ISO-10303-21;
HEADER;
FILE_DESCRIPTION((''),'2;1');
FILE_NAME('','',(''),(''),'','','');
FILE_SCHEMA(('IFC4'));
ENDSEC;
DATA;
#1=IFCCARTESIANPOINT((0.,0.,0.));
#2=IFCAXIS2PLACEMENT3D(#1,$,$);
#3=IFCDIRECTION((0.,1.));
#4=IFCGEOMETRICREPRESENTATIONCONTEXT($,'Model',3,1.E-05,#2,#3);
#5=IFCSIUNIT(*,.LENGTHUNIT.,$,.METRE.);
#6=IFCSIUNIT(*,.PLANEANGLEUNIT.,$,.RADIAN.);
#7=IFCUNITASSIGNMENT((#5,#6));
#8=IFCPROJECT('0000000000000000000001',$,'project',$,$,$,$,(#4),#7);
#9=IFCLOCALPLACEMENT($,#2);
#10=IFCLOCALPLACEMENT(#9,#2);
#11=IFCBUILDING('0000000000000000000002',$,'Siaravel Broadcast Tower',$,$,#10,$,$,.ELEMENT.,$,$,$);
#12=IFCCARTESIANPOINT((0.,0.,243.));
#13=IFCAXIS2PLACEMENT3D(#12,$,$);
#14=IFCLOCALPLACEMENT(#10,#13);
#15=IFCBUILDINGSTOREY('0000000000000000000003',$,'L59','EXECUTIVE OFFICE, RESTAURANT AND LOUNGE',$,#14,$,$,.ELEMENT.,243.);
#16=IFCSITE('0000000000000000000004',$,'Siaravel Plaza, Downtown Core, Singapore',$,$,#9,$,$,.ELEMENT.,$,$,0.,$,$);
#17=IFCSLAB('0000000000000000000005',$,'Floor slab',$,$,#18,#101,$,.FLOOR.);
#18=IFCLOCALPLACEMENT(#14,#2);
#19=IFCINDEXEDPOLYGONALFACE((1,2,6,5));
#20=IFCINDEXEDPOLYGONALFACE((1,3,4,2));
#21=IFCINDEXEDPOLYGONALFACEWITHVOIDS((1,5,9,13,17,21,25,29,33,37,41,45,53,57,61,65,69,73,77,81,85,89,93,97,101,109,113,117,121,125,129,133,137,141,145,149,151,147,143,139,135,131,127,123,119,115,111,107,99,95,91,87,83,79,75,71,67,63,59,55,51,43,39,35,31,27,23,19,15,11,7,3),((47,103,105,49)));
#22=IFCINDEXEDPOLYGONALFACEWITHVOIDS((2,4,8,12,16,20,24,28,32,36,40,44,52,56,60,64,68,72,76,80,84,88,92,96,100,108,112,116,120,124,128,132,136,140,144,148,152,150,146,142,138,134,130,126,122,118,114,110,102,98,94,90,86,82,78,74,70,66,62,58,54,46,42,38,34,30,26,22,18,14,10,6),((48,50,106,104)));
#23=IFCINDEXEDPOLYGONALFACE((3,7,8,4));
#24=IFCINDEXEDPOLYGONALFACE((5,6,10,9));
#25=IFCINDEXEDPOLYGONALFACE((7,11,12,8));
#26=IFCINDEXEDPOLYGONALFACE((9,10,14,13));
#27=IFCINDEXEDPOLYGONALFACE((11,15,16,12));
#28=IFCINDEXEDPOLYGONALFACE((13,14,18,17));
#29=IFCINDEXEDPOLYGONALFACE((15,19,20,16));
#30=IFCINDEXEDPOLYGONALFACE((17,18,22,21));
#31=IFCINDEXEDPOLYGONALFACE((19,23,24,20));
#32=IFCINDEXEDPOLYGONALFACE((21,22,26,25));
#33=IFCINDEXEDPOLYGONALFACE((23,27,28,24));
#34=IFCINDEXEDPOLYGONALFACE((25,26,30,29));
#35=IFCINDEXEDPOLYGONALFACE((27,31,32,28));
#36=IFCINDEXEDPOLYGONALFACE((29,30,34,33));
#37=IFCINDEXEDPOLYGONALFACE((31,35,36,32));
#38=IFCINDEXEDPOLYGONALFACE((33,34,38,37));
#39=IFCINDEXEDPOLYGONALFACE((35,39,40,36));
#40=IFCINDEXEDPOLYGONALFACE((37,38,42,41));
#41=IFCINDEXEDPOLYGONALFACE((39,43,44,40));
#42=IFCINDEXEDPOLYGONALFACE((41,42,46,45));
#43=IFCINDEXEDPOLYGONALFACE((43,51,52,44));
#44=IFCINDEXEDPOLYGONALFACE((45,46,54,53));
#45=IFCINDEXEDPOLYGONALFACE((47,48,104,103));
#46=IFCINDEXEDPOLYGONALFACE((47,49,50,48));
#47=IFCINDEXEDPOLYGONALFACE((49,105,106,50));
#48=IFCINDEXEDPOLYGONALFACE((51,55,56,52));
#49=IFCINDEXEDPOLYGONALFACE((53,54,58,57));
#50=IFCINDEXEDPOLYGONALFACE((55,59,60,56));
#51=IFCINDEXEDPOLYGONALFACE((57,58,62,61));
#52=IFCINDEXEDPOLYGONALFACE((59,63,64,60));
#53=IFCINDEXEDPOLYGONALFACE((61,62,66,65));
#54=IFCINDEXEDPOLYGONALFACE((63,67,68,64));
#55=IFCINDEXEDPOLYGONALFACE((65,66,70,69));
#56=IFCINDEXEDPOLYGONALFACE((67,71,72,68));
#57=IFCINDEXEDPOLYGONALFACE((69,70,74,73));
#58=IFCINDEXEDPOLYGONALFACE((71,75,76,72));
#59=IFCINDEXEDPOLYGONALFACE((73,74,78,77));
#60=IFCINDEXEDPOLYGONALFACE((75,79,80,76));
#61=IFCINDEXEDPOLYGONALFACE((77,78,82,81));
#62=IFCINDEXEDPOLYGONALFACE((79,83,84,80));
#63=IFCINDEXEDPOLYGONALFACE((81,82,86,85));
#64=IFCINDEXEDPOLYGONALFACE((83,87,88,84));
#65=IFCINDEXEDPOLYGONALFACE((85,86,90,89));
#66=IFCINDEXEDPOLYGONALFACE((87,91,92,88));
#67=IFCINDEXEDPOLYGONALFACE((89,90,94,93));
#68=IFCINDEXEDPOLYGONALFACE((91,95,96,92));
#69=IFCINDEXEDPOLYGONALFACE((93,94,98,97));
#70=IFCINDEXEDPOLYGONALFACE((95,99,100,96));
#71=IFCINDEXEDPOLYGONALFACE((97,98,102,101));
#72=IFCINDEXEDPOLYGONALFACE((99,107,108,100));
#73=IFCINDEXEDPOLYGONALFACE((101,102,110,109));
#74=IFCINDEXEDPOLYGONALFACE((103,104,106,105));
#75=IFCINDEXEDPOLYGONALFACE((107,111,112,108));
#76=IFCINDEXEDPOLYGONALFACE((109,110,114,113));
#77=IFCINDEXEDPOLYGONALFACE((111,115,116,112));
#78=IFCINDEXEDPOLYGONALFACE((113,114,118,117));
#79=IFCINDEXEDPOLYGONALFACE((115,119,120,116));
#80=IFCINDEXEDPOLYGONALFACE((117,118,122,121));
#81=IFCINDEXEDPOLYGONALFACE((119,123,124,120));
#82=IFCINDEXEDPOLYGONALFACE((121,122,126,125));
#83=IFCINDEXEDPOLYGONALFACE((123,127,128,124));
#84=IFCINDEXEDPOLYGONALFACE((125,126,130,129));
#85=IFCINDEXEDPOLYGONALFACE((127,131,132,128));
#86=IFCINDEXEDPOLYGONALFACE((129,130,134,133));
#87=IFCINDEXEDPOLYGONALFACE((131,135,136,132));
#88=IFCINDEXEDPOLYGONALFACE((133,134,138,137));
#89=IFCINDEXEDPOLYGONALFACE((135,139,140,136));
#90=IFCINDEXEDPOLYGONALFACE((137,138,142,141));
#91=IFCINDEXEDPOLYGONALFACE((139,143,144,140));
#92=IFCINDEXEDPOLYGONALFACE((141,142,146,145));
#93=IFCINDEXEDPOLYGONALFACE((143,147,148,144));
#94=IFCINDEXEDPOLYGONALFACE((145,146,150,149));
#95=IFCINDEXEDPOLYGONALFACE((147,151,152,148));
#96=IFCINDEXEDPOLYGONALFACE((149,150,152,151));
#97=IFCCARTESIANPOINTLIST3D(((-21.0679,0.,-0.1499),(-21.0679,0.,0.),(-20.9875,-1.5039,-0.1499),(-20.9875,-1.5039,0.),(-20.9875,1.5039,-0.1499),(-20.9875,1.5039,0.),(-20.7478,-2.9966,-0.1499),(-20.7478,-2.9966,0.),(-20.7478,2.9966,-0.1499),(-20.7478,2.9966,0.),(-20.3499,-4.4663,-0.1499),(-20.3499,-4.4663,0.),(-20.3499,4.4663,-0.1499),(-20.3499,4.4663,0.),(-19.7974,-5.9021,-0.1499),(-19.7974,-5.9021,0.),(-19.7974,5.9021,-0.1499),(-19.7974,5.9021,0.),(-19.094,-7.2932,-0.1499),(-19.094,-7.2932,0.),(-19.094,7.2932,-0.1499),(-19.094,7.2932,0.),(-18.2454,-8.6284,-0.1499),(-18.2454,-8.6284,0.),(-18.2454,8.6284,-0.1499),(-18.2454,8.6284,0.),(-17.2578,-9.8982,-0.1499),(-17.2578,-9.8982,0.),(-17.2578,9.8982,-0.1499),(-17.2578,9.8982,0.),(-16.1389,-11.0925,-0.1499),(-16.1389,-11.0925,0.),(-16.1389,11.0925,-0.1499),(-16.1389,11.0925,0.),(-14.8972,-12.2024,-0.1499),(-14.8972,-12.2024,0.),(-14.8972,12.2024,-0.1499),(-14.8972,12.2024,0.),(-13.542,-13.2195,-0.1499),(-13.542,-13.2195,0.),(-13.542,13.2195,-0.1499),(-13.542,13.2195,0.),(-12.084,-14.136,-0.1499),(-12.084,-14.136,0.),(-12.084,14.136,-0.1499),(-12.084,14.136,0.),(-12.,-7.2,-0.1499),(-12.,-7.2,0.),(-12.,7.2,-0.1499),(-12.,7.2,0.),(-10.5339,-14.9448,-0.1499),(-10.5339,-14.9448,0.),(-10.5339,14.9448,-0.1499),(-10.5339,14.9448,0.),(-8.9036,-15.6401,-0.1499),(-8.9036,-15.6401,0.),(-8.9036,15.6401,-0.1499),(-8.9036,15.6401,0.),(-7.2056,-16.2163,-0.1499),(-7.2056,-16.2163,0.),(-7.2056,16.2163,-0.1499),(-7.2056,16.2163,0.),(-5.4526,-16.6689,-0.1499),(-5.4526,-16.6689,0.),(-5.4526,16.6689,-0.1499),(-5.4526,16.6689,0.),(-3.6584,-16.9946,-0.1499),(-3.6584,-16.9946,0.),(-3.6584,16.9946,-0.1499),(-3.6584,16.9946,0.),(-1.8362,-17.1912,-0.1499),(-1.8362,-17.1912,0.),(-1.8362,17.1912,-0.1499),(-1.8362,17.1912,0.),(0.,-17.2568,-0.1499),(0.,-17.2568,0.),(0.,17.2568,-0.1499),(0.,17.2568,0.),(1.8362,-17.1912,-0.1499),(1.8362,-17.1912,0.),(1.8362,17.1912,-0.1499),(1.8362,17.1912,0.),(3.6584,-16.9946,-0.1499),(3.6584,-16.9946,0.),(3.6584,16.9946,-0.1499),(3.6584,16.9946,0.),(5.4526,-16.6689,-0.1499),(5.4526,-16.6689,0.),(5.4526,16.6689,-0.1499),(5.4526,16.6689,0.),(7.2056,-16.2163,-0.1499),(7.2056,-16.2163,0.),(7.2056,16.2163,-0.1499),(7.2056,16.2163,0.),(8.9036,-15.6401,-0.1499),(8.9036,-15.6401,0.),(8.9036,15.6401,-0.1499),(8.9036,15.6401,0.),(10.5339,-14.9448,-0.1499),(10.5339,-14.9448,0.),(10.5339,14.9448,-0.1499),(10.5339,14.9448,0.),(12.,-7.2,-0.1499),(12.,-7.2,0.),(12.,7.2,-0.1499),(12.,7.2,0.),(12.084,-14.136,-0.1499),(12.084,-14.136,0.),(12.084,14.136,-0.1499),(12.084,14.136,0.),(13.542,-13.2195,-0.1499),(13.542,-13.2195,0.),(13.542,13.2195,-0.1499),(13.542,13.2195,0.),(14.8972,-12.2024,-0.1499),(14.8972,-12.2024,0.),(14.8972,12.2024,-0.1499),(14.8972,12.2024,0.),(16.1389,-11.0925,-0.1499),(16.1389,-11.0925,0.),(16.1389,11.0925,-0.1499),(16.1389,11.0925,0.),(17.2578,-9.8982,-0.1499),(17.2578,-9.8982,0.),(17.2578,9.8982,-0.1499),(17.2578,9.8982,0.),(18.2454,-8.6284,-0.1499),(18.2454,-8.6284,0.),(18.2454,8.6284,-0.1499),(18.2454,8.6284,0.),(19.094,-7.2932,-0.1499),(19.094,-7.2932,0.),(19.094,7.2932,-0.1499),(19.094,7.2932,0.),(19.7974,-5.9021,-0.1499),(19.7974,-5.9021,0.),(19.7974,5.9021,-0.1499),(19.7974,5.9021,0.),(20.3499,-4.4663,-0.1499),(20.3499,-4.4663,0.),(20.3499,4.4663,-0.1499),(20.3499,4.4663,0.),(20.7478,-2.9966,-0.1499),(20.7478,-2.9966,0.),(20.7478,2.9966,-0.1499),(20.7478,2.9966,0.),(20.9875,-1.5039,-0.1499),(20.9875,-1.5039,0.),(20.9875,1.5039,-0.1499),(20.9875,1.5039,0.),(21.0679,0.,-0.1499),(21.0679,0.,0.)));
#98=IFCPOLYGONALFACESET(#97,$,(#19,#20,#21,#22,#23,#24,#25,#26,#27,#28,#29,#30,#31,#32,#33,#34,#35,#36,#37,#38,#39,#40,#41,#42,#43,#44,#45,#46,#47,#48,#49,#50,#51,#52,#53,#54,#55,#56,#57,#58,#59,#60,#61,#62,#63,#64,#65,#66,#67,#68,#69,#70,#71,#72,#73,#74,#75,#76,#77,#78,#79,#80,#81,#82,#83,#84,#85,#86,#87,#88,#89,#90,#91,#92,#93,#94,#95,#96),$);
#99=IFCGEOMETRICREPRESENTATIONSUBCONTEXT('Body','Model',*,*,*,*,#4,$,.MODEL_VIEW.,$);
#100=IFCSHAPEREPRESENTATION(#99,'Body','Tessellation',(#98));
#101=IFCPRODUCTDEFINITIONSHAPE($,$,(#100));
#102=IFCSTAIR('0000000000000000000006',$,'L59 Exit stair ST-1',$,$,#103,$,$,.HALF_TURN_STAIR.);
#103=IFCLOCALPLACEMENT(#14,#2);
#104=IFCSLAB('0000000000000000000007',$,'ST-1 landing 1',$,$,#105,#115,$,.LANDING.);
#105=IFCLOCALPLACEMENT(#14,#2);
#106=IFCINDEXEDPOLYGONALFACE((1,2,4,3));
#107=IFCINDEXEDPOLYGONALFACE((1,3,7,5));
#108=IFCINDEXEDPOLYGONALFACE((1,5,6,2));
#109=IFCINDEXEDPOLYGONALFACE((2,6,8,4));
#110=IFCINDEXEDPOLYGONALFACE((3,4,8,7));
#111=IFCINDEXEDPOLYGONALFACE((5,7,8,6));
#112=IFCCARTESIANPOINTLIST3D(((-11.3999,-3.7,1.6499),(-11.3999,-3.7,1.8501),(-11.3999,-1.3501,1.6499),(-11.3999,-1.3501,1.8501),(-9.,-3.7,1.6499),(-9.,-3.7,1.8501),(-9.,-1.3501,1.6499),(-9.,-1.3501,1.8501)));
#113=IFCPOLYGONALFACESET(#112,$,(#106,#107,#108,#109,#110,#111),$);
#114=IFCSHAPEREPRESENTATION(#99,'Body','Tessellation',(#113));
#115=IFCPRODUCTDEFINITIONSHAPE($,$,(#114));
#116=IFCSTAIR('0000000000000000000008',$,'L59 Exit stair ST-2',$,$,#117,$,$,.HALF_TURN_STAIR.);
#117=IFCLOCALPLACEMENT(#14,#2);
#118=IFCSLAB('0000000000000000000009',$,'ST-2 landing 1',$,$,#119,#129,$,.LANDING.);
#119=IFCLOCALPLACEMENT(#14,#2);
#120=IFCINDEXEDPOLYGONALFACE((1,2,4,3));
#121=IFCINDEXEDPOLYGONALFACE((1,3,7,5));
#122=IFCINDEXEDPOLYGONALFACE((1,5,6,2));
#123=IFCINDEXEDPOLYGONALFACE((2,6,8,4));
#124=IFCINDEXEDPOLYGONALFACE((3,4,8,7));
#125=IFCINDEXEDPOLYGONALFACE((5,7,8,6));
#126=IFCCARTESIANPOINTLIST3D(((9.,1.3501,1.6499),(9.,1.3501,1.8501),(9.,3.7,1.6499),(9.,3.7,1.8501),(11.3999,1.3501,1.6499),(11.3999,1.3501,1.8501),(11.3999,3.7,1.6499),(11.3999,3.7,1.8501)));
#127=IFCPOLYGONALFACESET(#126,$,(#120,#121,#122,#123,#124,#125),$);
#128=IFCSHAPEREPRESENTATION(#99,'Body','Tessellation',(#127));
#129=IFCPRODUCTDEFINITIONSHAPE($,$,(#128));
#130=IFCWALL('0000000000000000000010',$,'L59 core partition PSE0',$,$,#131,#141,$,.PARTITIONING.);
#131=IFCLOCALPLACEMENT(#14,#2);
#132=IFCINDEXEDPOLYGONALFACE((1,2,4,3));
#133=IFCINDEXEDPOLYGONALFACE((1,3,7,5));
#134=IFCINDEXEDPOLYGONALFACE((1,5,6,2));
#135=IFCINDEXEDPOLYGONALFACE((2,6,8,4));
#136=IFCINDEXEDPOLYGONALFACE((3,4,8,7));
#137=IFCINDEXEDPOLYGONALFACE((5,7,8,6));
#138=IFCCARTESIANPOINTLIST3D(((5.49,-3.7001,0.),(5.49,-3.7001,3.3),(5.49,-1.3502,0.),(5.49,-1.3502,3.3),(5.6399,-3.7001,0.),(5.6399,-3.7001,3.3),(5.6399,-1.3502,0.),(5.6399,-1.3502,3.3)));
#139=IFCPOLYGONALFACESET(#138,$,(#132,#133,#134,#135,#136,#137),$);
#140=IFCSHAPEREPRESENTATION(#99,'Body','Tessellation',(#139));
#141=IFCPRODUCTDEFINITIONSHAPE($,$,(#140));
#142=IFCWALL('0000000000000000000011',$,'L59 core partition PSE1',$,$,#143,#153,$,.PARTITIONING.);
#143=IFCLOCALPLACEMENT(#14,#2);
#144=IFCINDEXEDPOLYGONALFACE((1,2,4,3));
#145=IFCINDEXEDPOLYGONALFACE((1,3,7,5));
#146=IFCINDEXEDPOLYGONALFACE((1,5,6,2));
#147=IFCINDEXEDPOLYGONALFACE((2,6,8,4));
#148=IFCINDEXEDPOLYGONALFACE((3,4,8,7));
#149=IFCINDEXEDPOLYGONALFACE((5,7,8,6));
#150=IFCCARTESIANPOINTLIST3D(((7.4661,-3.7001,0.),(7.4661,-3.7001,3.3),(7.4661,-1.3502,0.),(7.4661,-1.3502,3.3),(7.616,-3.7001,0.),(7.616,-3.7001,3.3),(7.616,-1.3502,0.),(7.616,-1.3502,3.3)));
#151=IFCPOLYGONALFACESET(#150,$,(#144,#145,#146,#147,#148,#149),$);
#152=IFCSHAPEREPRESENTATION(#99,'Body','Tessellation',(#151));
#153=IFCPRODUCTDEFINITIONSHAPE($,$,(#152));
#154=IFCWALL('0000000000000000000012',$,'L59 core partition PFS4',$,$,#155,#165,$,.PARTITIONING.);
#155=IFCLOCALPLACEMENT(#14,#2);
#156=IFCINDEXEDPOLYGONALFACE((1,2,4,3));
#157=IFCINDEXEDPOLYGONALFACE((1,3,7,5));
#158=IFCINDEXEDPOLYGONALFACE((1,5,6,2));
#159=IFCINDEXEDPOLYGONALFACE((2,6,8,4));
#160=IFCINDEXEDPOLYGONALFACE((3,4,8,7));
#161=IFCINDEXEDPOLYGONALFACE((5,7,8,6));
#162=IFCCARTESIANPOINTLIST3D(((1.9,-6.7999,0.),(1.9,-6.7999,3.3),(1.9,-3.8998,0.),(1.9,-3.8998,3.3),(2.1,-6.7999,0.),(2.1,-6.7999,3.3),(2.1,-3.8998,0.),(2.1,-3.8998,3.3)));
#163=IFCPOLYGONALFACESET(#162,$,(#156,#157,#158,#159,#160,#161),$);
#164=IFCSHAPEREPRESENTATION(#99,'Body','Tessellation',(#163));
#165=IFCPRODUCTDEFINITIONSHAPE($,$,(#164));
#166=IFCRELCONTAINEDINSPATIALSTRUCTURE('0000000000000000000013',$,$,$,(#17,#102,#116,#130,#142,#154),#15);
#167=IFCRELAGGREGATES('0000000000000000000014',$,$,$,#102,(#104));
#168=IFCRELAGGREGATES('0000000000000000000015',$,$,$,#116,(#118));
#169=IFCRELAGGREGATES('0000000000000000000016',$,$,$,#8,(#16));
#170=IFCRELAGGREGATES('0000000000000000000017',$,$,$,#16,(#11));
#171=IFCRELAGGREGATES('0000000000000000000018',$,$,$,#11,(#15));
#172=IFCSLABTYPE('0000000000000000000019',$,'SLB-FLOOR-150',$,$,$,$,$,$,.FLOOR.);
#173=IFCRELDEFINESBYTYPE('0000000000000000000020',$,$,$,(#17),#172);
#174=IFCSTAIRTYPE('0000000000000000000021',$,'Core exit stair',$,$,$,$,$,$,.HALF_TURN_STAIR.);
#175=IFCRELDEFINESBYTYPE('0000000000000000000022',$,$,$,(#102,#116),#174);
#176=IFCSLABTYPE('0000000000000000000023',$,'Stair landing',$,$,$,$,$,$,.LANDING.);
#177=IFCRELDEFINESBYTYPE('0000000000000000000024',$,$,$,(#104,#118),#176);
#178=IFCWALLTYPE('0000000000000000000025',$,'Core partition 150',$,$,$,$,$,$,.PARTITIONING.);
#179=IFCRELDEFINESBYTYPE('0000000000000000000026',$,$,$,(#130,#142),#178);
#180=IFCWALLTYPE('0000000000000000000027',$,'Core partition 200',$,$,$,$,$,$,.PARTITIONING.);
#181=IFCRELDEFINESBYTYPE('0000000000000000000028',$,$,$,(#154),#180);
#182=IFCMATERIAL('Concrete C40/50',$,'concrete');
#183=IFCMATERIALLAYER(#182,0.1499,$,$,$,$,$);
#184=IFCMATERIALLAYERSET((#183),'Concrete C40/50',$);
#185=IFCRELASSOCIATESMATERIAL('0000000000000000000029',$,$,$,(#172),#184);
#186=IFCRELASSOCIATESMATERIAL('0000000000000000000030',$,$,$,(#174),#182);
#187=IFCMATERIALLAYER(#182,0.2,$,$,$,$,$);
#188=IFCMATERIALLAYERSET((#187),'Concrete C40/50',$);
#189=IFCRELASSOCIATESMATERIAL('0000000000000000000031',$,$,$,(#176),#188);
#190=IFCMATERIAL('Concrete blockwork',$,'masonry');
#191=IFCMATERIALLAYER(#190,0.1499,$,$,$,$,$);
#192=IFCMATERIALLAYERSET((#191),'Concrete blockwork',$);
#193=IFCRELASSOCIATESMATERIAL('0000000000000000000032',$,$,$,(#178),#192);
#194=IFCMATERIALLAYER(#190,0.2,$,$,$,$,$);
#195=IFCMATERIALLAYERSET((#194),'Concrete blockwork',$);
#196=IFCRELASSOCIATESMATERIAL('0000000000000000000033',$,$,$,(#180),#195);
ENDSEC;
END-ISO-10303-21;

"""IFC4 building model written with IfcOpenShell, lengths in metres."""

from ifc_helpers import new_model, si_unit, direction, frame, frame_2d, origin, place, context, subcontext, project, spatial, polyline, rectangle, outline, extrude, material, layer, layer_set, type_object, element, aggregate, save


model = new_model("IFC4")

# Units and contexts
model_context = context("Model", 3, precision=1e-05, world=origin(), true_north=direction((0.0, 1.0)))
body_context = subcontext(model_context, "Body", "Model", "MODEL_VIEW")
ifc_project = project(units=[si_unit("LENGTHUNIT", "METRE"), si_unit("PLANEANGLEUNIT", "RADIAN")], contexts=[model_context])

# Site, building, storey
site_placement = place(None, origin())
site = spatial("IfcSite", under=ifc_project, at=site_placement, Name="Siaravel Plaza, Downtown Core, Singapore", CompositionType="ELEMENT", RefElevation=0.0)
building_placement = place(site_placement, origin())
building = spatial("IfcBuilding", under=site, at=building_placement, Name="Siaravel Broadcast Tower", CompositionType="ELEMENT")
storey_placement = place(building_placement, frame((0.0, 0.0, 243.0)))
storey = spatial("IfcBuildingStorey", under=building, at=storey_placement, Name="L59", Description="EXECUTIVE OFFICE, RESTAURANT AND LOUNGE", CompositionType="ELEMENT", Elevation=243.0)

# Slab
ifc_material_1 = material(Name="Concrete C40/50", Category="concrete")
ifc_layer_1 = layer(ifc_material_1, 0.1499)
ifc_layer_set_1 = layer_set([ifc_layer_1], Name="Concrete C40/50")
slab_type_1 = type_object("IfcSlabType", Name="SLB-FLOOR-150", PredefinedType="FLOOR", material=ifc_layer_set_1)
slab_1_placement = place(storey_placement, frame((0.0, 0.0, -0.1499)))
element("IfcSlab", 1, at=slab_1_placement, inside=storey, type_object=slab_type_1, Name="Floor slab", PredefinedType="FLOOR", context=body_context, shape_type="SweptSolid", body=[
    extrude(outline(polyline([(21.0679, 0.0), (20.9875, 1.5039), (20.7478, 2.9966), (20.3499, 4.4663), (19.7974, 5.9021), (19.094, 7.2932), (18.2454, 8.6284), (17.2578, 9.8982), (16.1389, 11.0925), (14.8972, 12.2024), (13.542, 13.2195), (12.084, 14.136), (10.5339, 14.9448), (8.9036, 15.6401), (7.2056, 16.2163), (5.4526, 16.6689), (3.6584, 16.9946), (1.8362, 17.1912), (0.0, 17.2568), (-1.8362, 17.1912), (-3.6584, 16.9946), (-5.4526, 16.6689), (-7.2056, 16.2163), (-8.9036, 15.6401), (-10.5339, 14.9448), (-12.084, 14.136), (-13.542, 13.2195), (-14.8972, 12.2024), (-16.1389, 11.0925), (-17.2578, 9.8982), (-18.2454, 8.6284), (-19.094, 7.2932), (-19.7974, 5.9021), (-20.3499, 4.4663), (-20.7478, 2.9966), (-20.9875, 1.5039), (-21.0679, 0.0), (-20.9875, -1.5039), (-20.7478, -2.9966), (-20.3499, -4.4663), (-19.7974, -5.9021), (-19.094, -7.2932), (-18.2454, -8.6284), (-17.2578, -9.8982), (-16.1389, -11.0925), (-14.8972, -12.2024), (-13.542, -13.2195), (-12.084, -14.136), (-10.5339, -14.9448), (-8.9036, -15.6401), (-7.2056, -16.2163), (-5.4526, -16.6689), (-3.6584, -16.9946), (-1.8362, -17.1912), (0.0, -17.2568), (1.8362, -17.1912), (3.6584, -16.9946), (5.4526, -16.6689), (7.2056, -16.2163), (8.9036, -15.6401), (10.5339, -14.9448), (12.084, -14.136), (13.542, -13.2195), (14.8972, -12.2024), (16.1389, -11.0925), (17.2578, -9.8982), (18.2454, -8.6284), (19.094, -7.2932), (19.7974, -5.9021), (20.3499, -4.4663), (20.7478, -2.9966), (20.9875, -1.5039), (21.0679, 0.0)]), holes=[polyline([(-12.0, 7.2), (12.0, 7.2), (12.0, -7.2), (-12.0, -7.2), (-12.0, 7.2)])]), origin(), (0.0, 0.0, 1.0), 0.1499),
])

# Stairs, slabs
stair_type = type_object("IfcStairType", Name="Core exit stair", PredefinedType="HALF_TURN_STAIR", material=ifc_material_1)
stair_1_placement = place(storey_placement, origin())
stair_1 = element("IfcStair", 2, at=stair_1_placement, inside=storey, type_object=stair_type, Name="L59 Exit stair ST-1", PredefinedType="HALF_TURN_STAIR")
ifc_layer_2 = layer(ifc_material_1, 0.2)
ifc_layer_set_2 = layer_set([ifc_layer_2], Name="Concrete C40/50")
slab_type_2 = type_object("IfcSlabType", Name="Stair landing", PredefinedType="LANDING", material=ifc_layer_set_2)
slab_2_placement = place(storey_placement, frame((0.0, 0.0, 1.6499)))
slab_2 = element("IfcSlab", 3, at=slab_2_placement, type_object=slab_type_2, Name="ST-1 landing 1", PredefinedType="LANDING", context=body_context, shape_type="SweptSolid", body=[
    extrude(outline(polyline([(-9.0, -1.3501), (-11.3999, -1.3501), (-11.3999, -3.7), (-9.0, -3.7), (-9.0, -1.3501)])), origin(), (0.0, 0.0, 1.0), 0.2002),
])
aggregate(stair_1, [slab_2])
stair_2_placement = place(storey_placement, origin())
stair_2 = element("IfcStair", 4, at=stair_2_placement, inside=storey, type_object=stair_type, Name="L59 Exit stair ST-2", PredefinedType="HALF_TURN_STAIR")
slab_3_placement = place(storey_placement, frame((0.0, 0.0, 1.6499)))
slab_3 = element("IfcSlab", 5, at=slab_3_placement, type_object=slab_type_2, Name="ST-2 landing 1", PredefinedType="LANDING", context=body_context, shape_type="SweptSolid", body=[
    extrude(outline(polyline([(9.0, 1.3501), (11.3999, 1.3501), (11.3999, 3.7), (9.0, 3.7), (9.0, 1.3501)])), origin(), (0.0, 0.0, 1.0), 0.2002),
])
aggregate(stair_2, [slab_3])

# Walls
ifc_material_2 = material(Name="Concrete blockwork", Category="masonry")
ifc_layer_3 = layer(ifc_material_2, 0.1499)
ifc_layer_set_3 = layer_set([ifc_layer_3], Name="Concrete blockwork")
wall_type_1 = type_object("IfcWallType", Name="Core partition 150", PredefinedType="PARTITIONING", material=ifc_layer_set_3)
for number, where, z_axis, x_axis, name in (
    (6, (5.5649, -3.7, 0.0), (0.0, 0.0, 1.0), (0.0, 1.0, 0.0), "L59 core partition PSE0"),
    (7, (7.541, -3.7, 0.0), (0.0, 0.0, 1.0), (0.0, 1.0, 0.0), "L59 core partition PSE1"),
):
    element("IfcWall", number, at=place(storey_placement, frame(where, z_axis=z_axis, x_axis=x_axis)), inside=storey, type_object=wall_type_1, Name=name, PredefinedType="PARTITIONING", context=body_context, shape_type="SweptSolid", body=[
        extrude(rectangle(XDim=2.3499, YDim=0.1499, at=frame_2d((1.1748, 0.0))), origin(), (0.0, 0.0, 1.0), 3.3),
    ])
ifc_layer_4 = layer(ifc_material_2, 0.2)
ifc_layer_set_4 = layer_set([ifc_layer_4], Name="Concrete blockwork")
wall_type_2 = type_object("IfcWallType", Name="Core partition 200", PredefinedType="PARTITIONING", material=ifc_layer_set_4)
wall_1_placement = place(storey_placement, frame((2.0, -6.8, 0.0), z_axis=(0.0, 0.0, 1.0), x_axis=(0.0, 1.0, 0.0)))
element("IfcWall", 8, at=wall_1_placement, inside=storey, type_object=wall_type_2, Name="L59 core partition PFS4", PredefinedType="PARTITIONING", context=body_context, shape_type="SweptSolid", body=[
    extrude(rectangle(XDim=2.9001, YDim=0.2, at=frame_2d((1.4502, 0.0))), origin(), (0.0, 0.0, 1.0), 3.3),
])

save(model, "model.ifc")
